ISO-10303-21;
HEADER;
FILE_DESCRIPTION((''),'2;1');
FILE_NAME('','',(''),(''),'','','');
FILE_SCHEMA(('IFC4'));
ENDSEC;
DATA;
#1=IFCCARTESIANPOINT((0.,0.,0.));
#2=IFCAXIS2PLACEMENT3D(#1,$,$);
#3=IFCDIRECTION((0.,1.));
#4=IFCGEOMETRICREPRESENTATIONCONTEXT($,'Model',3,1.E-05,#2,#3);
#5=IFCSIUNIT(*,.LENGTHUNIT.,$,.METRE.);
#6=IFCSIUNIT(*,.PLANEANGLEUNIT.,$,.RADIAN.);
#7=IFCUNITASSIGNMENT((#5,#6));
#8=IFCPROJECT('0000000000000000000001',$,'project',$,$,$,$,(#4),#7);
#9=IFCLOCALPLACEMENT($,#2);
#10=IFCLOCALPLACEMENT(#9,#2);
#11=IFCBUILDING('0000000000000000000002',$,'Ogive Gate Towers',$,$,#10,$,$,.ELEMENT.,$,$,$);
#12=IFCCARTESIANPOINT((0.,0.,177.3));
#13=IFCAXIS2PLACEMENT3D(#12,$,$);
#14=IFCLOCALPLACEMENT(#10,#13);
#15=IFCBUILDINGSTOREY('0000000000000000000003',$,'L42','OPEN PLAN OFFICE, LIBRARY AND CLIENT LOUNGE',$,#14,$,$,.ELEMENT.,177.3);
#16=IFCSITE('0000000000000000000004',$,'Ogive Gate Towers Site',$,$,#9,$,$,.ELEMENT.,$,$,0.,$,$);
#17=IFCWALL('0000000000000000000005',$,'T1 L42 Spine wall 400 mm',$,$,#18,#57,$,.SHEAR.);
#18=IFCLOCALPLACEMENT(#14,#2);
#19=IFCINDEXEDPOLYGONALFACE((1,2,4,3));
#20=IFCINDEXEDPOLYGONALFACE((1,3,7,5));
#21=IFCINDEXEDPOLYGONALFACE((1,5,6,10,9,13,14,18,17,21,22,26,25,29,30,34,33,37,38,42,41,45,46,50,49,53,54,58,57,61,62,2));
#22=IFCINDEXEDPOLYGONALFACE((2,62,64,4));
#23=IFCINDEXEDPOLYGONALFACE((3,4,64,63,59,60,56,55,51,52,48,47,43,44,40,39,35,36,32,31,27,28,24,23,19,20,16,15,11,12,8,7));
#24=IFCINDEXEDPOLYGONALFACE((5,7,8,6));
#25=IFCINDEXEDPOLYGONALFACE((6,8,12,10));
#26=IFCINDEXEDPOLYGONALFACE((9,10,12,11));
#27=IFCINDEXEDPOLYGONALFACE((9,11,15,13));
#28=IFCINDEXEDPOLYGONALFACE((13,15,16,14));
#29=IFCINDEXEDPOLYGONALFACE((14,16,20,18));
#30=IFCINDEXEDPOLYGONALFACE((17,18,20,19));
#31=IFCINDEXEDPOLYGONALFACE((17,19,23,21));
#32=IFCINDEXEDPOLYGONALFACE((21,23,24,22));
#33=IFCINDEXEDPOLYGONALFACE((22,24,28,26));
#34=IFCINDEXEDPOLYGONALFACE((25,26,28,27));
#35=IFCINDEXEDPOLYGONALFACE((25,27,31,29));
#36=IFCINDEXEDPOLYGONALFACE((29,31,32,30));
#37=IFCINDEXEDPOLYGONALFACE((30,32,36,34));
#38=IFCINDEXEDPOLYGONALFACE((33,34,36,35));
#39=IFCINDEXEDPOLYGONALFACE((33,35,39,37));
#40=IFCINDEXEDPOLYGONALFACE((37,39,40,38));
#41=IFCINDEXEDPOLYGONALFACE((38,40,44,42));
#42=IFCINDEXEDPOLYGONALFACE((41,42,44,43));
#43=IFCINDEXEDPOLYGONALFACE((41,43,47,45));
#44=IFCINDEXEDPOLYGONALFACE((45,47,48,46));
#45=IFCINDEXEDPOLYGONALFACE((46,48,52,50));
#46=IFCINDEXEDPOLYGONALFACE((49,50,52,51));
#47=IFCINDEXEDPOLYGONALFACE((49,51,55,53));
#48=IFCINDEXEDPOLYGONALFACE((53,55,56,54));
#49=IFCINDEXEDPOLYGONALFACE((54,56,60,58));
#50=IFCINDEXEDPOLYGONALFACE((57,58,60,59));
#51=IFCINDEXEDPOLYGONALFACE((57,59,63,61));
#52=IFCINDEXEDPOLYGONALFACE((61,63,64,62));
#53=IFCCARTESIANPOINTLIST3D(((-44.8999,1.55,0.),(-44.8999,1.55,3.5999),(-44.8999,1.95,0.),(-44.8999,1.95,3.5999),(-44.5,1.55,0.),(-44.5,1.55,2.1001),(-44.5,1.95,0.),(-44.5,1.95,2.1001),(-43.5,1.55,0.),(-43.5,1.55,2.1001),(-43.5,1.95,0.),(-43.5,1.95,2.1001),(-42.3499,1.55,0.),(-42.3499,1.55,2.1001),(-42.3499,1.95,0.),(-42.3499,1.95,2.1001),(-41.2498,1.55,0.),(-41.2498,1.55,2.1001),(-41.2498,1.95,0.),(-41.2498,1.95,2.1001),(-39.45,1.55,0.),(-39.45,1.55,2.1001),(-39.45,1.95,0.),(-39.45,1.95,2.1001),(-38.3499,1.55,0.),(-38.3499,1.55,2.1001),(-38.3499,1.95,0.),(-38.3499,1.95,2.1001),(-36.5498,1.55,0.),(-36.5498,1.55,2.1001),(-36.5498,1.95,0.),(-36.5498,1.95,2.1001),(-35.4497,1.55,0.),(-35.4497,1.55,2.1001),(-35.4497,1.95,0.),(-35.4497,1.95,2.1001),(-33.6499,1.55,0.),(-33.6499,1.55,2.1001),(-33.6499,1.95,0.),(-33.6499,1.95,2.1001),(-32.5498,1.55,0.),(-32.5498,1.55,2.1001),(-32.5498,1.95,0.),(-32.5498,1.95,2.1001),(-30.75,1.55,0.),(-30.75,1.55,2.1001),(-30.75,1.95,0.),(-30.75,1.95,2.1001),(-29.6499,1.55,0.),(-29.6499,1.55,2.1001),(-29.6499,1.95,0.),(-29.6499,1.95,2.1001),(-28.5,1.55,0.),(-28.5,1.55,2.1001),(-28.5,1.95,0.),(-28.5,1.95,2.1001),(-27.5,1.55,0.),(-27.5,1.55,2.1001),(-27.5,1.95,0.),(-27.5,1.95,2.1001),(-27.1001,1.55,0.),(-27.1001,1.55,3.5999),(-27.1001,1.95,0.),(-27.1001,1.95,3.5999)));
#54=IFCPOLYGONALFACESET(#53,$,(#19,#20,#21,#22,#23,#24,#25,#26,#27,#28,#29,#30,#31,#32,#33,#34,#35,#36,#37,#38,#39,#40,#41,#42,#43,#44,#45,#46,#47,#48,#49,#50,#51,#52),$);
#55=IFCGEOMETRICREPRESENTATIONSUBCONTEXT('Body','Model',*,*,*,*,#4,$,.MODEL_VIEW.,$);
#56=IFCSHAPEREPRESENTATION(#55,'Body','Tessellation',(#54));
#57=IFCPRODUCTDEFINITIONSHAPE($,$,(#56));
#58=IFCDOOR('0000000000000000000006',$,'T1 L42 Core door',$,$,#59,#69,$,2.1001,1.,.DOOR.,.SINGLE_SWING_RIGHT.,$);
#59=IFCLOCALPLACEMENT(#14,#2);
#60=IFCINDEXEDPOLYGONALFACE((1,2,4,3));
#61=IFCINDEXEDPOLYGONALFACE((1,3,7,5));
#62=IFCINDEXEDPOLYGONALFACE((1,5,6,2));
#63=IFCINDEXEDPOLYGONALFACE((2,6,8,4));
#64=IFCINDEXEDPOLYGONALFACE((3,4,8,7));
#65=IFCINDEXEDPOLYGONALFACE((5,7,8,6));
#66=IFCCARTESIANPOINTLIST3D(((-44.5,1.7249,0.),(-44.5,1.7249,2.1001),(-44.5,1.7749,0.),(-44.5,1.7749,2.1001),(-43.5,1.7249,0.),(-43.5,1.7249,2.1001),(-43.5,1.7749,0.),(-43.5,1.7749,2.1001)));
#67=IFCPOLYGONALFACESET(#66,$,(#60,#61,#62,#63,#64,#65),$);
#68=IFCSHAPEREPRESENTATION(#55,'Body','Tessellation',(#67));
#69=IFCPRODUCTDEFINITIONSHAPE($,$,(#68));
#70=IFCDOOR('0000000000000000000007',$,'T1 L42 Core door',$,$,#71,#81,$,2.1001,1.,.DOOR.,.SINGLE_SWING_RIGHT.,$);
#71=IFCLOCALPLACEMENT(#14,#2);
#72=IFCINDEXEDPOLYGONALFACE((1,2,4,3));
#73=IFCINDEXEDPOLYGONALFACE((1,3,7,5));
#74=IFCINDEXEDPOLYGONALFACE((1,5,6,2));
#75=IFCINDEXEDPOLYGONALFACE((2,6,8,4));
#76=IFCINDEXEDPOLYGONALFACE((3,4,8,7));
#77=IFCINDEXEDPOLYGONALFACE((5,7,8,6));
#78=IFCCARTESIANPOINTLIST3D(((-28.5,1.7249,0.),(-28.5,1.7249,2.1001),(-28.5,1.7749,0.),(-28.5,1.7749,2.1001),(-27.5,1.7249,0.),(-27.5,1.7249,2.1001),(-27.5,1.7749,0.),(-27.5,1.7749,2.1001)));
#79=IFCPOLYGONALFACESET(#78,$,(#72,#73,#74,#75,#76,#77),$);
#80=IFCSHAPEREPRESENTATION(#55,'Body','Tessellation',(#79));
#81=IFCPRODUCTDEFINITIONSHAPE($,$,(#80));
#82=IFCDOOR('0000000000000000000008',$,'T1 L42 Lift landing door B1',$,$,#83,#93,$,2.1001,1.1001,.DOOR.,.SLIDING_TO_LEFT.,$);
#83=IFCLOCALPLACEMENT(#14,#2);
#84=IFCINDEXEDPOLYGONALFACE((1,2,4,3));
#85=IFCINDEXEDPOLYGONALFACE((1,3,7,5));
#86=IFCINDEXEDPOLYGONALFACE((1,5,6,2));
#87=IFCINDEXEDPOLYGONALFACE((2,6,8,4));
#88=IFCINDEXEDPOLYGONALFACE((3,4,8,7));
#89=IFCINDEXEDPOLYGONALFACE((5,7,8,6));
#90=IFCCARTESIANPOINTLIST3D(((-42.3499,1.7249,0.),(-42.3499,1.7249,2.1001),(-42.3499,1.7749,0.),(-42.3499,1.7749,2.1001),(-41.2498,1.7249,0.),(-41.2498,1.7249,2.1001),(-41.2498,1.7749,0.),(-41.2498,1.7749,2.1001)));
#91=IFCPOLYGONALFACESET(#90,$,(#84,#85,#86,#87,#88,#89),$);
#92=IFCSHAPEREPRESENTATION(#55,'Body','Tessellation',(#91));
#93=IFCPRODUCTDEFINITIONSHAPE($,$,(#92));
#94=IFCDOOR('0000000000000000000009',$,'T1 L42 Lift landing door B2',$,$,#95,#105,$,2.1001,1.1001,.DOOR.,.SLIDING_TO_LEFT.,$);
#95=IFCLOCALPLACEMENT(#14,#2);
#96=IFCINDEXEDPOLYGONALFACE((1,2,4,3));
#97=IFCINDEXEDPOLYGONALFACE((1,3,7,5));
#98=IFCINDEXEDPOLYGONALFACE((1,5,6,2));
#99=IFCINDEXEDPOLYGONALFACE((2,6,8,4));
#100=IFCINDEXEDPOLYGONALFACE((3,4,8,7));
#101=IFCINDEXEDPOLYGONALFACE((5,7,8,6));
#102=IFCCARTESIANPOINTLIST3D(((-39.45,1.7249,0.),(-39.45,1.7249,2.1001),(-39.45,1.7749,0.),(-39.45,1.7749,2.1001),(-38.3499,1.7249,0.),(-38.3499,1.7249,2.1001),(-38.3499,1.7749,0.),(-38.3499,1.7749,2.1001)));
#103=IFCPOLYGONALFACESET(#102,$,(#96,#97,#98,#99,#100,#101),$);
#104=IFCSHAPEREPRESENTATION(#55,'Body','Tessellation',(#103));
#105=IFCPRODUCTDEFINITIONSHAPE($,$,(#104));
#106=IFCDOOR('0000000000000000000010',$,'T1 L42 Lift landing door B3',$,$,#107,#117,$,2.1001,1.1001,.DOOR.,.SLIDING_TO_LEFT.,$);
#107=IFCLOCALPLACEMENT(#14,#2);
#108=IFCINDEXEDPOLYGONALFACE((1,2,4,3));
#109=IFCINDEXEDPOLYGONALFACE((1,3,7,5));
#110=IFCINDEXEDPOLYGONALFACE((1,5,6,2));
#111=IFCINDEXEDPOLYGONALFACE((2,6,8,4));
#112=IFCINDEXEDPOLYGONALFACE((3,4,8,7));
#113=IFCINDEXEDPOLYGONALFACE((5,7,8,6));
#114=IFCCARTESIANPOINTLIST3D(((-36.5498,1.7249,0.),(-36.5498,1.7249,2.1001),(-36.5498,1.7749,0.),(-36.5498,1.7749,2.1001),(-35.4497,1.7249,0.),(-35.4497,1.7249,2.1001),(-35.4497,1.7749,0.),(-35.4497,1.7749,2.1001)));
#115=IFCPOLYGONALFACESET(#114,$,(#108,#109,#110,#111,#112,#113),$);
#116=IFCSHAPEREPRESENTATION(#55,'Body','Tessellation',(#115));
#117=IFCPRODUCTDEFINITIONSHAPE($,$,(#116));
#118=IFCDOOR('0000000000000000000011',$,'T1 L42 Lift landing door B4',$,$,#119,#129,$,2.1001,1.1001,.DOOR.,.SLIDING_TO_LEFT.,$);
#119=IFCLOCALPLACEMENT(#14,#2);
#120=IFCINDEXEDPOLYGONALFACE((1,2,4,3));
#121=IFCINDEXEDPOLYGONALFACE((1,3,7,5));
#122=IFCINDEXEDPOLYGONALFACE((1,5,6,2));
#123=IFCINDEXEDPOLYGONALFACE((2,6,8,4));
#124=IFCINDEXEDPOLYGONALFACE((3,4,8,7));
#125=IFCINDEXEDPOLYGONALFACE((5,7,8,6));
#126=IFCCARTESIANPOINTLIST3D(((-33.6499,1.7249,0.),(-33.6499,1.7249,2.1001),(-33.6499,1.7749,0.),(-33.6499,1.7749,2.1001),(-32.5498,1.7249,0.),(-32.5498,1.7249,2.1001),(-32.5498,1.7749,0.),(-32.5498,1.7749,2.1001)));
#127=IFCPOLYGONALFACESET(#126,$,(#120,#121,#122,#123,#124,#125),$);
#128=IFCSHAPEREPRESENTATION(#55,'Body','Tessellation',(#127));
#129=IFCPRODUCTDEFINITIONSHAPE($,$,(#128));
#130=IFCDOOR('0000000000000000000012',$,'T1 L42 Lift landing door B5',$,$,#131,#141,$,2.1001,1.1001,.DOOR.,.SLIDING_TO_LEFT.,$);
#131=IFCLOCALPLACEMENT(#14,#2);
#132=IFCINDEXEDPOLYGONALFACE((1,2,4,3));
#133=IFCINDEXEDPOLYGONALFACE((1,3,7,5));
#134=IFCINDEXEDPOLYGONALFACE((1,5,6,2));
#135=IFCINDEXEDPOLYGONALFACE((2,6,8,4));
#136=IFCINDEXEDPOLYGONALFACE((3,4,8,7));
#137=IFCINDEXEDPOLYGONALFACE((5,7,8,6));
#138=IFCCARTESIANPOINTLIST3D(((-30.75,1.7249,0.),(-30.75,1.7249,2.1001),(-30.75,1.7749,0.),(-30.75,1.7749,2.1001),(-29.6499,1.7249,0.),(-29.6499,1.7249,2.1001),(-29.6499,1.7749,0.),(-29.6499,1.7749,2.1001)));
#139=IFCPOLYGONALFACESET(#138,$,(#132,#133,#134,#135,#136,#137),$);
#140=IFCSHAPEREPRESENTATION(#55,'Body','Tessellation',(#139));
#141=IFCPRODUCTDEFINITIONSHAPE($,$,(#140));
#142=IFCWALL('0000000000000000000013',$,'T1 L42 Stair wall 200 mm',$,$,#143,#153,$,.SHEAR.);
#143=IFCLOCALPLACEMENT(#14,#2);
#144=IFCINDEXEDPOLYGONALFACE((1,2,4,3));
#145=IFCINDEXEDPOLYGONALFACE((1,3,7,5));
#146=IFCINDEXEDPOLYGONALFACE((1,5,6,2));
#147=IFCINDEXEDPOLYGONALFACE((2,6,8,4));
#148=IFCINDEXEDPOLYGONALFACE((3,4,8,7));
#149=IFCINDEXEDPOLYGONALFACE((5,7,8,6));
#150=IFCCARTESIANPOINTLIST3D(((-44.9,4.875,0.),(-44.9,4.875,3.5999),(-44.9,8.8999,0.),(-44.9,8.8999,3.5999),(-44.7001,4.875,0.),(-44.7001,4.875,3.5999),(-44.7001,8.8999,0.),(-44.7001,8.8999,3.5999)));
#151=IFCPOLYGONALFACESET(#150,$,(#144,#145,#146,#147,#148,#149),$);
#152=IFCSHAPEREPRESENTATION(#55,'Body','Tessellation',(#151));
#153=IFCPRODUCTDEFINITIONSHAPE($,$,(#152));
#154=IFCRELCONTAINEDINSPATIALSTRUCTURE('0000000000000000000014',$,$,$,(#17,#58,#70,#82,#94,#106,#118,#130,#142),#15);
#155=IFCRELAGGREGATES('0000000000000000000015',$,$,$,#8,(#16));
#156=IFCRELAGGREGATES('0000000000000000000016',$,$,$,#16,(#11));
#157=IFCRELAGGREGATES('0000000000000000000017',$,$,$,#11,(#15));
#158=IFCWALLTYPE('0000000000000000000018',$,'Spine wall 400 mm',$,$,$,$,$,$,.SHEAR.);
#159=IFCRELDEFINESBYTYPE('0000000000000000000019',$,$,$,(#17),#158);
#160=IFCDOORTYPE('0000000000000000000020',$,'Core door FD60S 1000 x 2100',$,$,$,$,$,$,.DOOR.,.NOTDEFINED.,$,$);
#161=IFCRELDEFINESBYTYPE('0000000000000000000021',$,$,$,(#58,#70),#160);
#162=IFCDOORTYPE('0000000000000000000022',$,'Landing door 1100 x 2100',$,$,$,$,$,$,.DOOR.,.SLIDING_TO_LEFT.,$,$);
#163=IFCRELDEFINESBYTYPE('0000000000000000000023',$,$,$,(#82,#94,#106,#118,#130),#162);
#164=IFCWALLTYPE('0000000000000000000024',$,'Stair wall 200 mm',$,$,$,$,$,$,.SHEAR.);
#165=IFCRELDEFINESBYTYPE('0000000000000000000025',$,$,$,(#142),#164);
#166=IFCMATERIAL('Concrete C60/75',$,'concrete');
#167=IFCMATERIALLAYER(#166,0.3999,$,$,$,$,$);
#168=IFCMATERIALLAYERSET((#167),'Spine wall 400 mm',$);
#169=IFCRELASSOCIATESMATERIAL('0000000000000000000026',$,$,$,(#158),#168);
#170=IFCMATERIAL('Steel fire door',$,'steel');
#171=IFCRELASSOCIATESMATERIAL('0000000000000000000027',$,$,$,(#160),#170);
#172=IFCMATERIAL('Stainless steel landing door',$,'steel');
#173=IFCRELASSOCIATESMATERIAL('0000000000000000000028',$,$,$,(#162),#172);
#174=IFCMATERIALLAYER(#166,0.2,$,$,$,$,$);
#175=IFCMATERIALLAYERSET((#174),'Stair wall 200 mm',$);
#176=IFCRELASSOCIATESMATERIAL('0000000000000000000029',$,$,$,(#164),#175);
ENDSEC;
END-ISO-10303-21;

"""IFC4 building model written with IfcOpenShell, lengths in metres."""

from ifc_helpers import new_model, si_unit, direction, frame, frame_2d, origin, place, context, subcontext, project, spatial, rectangle, extrude, material, layer, layer_set, type_object, element, fill, save


model = new_model("IFC4")

# Units and contexts
model_context = context("Model", 3, precision=1e-05, world=origin(), true_north=direction((0.0, 1.0)))
body_context = subcontext(model_context, "Body", "Model", "MODEL_VIEW")
ifc_project = project(units=[si_unit("LENGTHUNIT", "METRE"), si_unit("PLANEANGLEUNIT", "RADIAN")], contexts=[model_context])

# Site, building, storey
site_placement = place(None, origin())
site = spatial("IfcSite", under=ifc_project, at=site_placement, Name="Ogive Gate Towers Site", CompositionType="ELEMENT", RefElevation=0.0)
building_placement = place(site_placement, origin())
building = spatial("IfcBuilding", under=site, at=building_placement, Name="Ogive Gate Towers", CompositionType="ELEMENT")
storey_placement = place(building_placement, frame((0.0, 0.0, 177.3)))
storey = spatial("IfcBuildingStorey", under=building, at=storey_placement, Name="L42", Description="OPEN PLAN OFFICE, LIBRARY AND CLIENT LOUNGE", CompositionType="ELEMENT", Elevation=177.3)

# Shared definitions
ifc_material_1 = material(Name="Concrete C60/75", Category="concrete")

# Shared definitions
ifc_material_2 = material(Name="Steel fire door", Category="steel")

# Wall, openings, doors
ifc_layer_1 = layer(ifc_material_1, 0.3999)
ifc_layer_set_1 = layer_set([ifc_layer_1], Name="Spine wall 400 mm")
wall_type_1 = type_object("IfcWallType", Name="Spine wall 400 mm", PredefinedType="SHEAR", material=ifc_layer_set_1)
wall_1_placement = place(storey_placement, frame((-44.8999, 1.75, 0.0), z_axis=(0.0, 0.0, 1.0), x_axis=(1.0, 0.0, 0.0)))
wall_1 = element("IfcWall", 1, at=wall_1_placement, inside=storey, type_object=wall_type_1, Name="T1 L42 Spine wall 400 mm", PredefinedType="SHEAR", context=body_context, shape_type="SweptSolid", body=[
    extrude(rectangle(XDim=17.7998, YDim=0.3999, at=frame_2d((8.8999, 0.0))), origin(), (0.0, 0.0, 1.0), 3.5999),
])
opening_1_placement = place(wall_1_placement, frame((0.3999, 0.0, 0.0)))
opening_1 = element("IfcOpeningElement", 2, at=opening_1_placement, cuts=wall_1, PredefinedType="OPENING", context=body_context, shape_type="SweptSolid", body=[
    extrude(rectangle(XDim=1.0, YDim=2.1001, at=frame_2d((0.5, 1.05))), frame((0.0, 0.21, 0.0), z_axis=(0.0, -1.0, 0.0), x_axis=(1.0, 0.0, 0.0)), (0.0, 0.0, 1.0), 0.4199),
])
opening_2_placement = place(wall_1_placement, frame((2.55, 0.0, 0.0)))
opening_2 = element("IfcOpeningElement", 3, at=opening_2_placement, cuts=wall_1, PredefinedType="OPENING", context=body_context, shape_type="SweptSolid", body=[
    extrude(rectangle(XDim=1.1001, YDim=2.1001, at=frame_2d((0.55, 1.05))), frame((0.0, 0.21, 0.0), z_axis=(0.0, -1.0, 0.0), x_axis=(1.0, 0.0, 0.0)), (0.0, 0.0, 1.0), 0.4199),
])
opening_3_placement = place(wall_1_placement, frame((5.45, 0.0, 0.0)))
opening_3 = element("IfcOpeningElement", 4, at=opening_3_placement, cuts=wall_1, PredefinedType="OPENING", context=body_context, shape_type="SweptSolid", body=[
    extrude(rectangle(XDim=1.1001, YDim=2.1001, at=frame_2d((0.55, 1.05))), frame((0.0, 0.21, 0.0), z_axis=(0.0, -1.0, 0.0), x_axis=(1.0, 0.0, 0.0)), (0.0, 0.0, 1.0), 0.4199),
])
opening_4_placement = place(wall_1_placement, frame((8.3501, 0.0, 0.0)))
opening_4 = element("IfcOpeningElement", 5, at=opening_4_placement, cuts=wall_1, PredefinedType="OPENING", context=body_context, shape_type="SweptSolid", body=[
    extrude(rectangle(XDim=1.1001, YDim=2.1001, at=frame_2d((0.55, 1.05))), frame((0.0, 0.21, 0.0), z_axis=(0.0, -1.0, 0.0), x_axis=(1.0, 0.0, 0.0)), (0.0, 0.0, 1.0), 0.4199),
])
opening_5_placement = place(wall_1_placement, frame((11.25, 0.0, 0.0)))
opening_5 = element("IfcOpeningElement", 6, at=opening_5_placement, cuts=wall_1, PredefinedType="OPENING", context=body_context, shape_type="SweptSolid", body=[
    extrude(rectangle(XDim=1.1001, YDim=2.1001, at=frame_2d((0.55, 1.05))), frame((0.0, 0.21, 0.0), z_axis=(0.0, -1.0, 0.0), x_axis=(1.0, 0.0, 0.0)), (0.0, 0.0, 1.0), 0.4199),
])
opening_6_placement = place(wall_1_placement, frame((14.1499, 0.0, 0.0)))
opening_6 = element("IfcOpeningElement", 7, at=opening_6_placement, cuts=wall_1, PredefinedType="OPENING", context=body_context, shape_type="SweptSolid", body=[
    extrude(rectangle(XDim=1.1001, YDim=2.1001, at=frame_2d((0.55, 1.05))), frame((0.0, 0.21, 0.0), z_axis=(0.0, -1.0, 0.0), x_axis=(1.0, 0.0, 0.0)), (0.0, 0.0, 1.0), 0.4199),
])
opening_7_placement = place(wall_1_placement, frame((16.3999, 0.0, 0.0)))
opening_7 = element("IfcOpeningElement", 8, at=opening_7_placement, cuts=wall_1, PredefinedType="OPENING", context=body_context, shape_type="SweptSolid", body=[
    extrude(rectangle(XDim=1.0, YDim=2.1001, at=frame_2d((0.5, 1.05))), frame((0.0, 0.21, 0.0), z_axis=(0.0, -1.0, 0.0), x_axis=(1.0, 0.0, 0.0)), (0.0, 0.0, 1.0), 0.4199),
])
door_type_1 = type_object("IfcDoorType", Name="Core door FD60S 1000 x 2100", OperationType="NOTDEFINED", PredefinedType="DOOR", material=ifc_material_2)
door_1_placement = place(opening_1_placement, origin())
door_1 = element("IfcDoor", 9, at=door_1_placement, inside=storey, type_object=door_type_1, Name="T1 L42 Core door", OperationType="SINGLE_SWING_RIGHT", OverallHeight=2.1001, OverallWidth=1.0, PredefinedType="DOOR", context=body_context, shape_type="SweptSolid", body=[
    extrude(rectangle(XDim=1.0, YDim=2.1001, at=frame_2d((0.5, 1.05))), frame((0.0, 0.0249, 0.0), z_axis=(0.0, -1.0, 0.0), x_axis=(1.0, 0.0, 0.0)), (0.0, 0.0, 1.0), 0.05),
])
fill(opening_1, door_1)
door_2_placement = place(opening_7_placement, origin())
door_2 = element("IfcDoor", 10, at=door_2_placement, inside=storey, type_object=door_type_1, Name="T1 L42 Core door", OperationType="SINGLE_SWING_RIGHT", OverallHeight=2.1001, OverallWidth=1.0, PredefinedType="DOOR", context=body_context, shape_type="SweptSolid", body=[
    extrude(rectangle(XDim=1.0, YDim=2.1001, at=frame_2d((0.5, 1.05))), frame((0.0, 0.0249, 0.0), z_axis=(0.0, -1.0, 0.0), x_axis=(1.0, 0.0, 0.0)), (0.0, 0.0, 1.0), 0.05),
])
fill(opening_7, door_2)
ifc_material_3 = material(Name="Stainless steel landing door", Category="steel")
door_type_2 = type_object("IfcDoorType", Name="Landing door 1100 x 2100", OperationType="SLIDING_TO_LEFT", PredefinedType="DOOR", material=ifc_material_3)
door_3_placement = place(opening_2_placement, origin())
door_3 = element("IfcDoor", 11, at=door_3_placement, inside=storey, type_object=door_type_2, Name="T1 L42 Lift landing door B1", OperationType="SLIDING_TO_LEFT", OverallHeight=2.1001, OverallWidth=1.1001, PredefinedType="DOOR", context=body_context, shape_type="SweptSolid", body=[
    extrude(rectangle(XDim=1.1001, YDim=2.1001, at=frame_2d((0.55, 1.05))), frame((0.0, 0.0249, 0.0), z_axis=(0.0, -1.0, 0.0), x_axis=(1.0, 0.0, 0.0)), (0.0, 0.0, 1.0), 0.05),
])
fill(opening_2, door_3)
door_4_placement = place(opening_3_placement, origin())
door_4 = element("IfcDoor", 12, at=door_4_placement, inside=storey, type_object=door_type_2, Name="T1 L42 Lift landing door B2", OperationType="SLIDING_TO_LEFT", OverallHeight=2.1001, OverallWidth=1.1001, PredefinedType="DOOR", context=body_context, shape_type="SweptSolid", body=[
    extrude(rectangle(XDim=1.1001, YDim=2.1001, at=frame_2d((0.55, 1.05))), frame((0.0, 0.0249, 0.0), z_axis=(0.0, -1.0, 0.0), x_axis=(1.0, 0.0, 0.0)), (0.0, 0.0, 1.0), 0.05),
])
fill(opening_3, door_4)
door_5_placement = place(opening_4_placement, origin())
door_5 = element("IfcDoor", 13, at=door_5_placement, inside=storey, type_object=door_type_2, Name="T1 L42 Lift landing door B3", OperationType="SLIDING_TO_LEFT", OverallHeight=2.1001, OverallWidth=1.1001, PredefinedType="DOOR", context=body_context, shape_type="SweptSolid", body=[
    extrude(rectangle(XDim=1.1001, YDim=2.1001, at=frame_2d((0.55, 1.05))), frame((0.0, 0.0249, 0.0), z_axis=(0.0, -1.0, 0.0), x_axis=(1.0, 0.0, 0.0)), (0.0, 0.0, 1.0), 0.05),
])
fill(opening_4, door_5)
door_6_placement = place(opening_5_placement, origin())
door_6 = element("IfcDoor", 14, at=door_6_placement, inside=storey, type_object=door_type_2, Name="T1 L42 Lift landing door B4", OperationType="SLIDING_TO_LEFT", OverallHeight=2.1001, OverallWidth=1.1001, PredefinedType="DOOR", context=body_context, shape_type="SweptSolid", body=[
    extrude(rectangle(XDim=1.1001, YDim=2.1001, at=frame_2d((0.55, 1.05))), frame((0.0, 0.0249, 0.0), z_axis=(0.0, -1.0, 0.0), x_axis=(1.0, 0.0, 0.0)), (0.0, 0.0, 1.0), 0.05),
])
fill(opening_5, door_6)
door_7_placement = place(opening_6_placement, origin())
door_7 = element("IfcDoor", 15, at=door_7_placement, inside=storey, type_object=door_type_2, Name="T1 L42 Lift landing door B5", OperationType="SLIDING_TO_LEFT", OverallHeight=2.1001, OverallWidth=1.1001, PredefinedType="DOOR", context=body_context, shape_type="SweptSolid", body=[
    extrude(rectangle(XDim=1.1001, YDim=2.1001, at=frame_2d((0.55, 1.05))), frame((0.0, 0.0249, 0.0), z_axis=(0.0, -1.0, 0.0), x_axis=(1.0, 0.0, 0.0)), (0.0, 0.0, 1.0), 0.05),
])
fill(opening_6, door_7)

# Wall
ifc_layer_2 = layer(ifc_material_1, 0.2)
ifc_layer_set_2 = layer_set([ifc_layer_2], Name="Stair wall 200 mm")
wall_type_2 = type_object("IfcWallType", Name="Stair wall 200 mm", PredefinedType="SHEAR", material=ifc_layer_set_2)
wall_2_placement = place(storey_placement, frame((-44.8, 4.875, 0.0), z_axis=(0.0, 0.0, 1.0), x_axis=(0.0, 1.0, 0.0)))
element("IfcWall", 16, at=wall_2_placement, inside=storey, type_object=wall_type_2, Name="T1 L42 Stair wall 200 mm", PredefinedType="SHEAR", context=body_context, shape_type="SweptSolid", body=[
    extrude(rectangle(XDim=4.0249, YDim=0.2, at=frame_2d((2.0125, 0.0))), origin(), (0.0, 0.0, 1.0), 3.5999),
])

save(model, "model.ifc")
